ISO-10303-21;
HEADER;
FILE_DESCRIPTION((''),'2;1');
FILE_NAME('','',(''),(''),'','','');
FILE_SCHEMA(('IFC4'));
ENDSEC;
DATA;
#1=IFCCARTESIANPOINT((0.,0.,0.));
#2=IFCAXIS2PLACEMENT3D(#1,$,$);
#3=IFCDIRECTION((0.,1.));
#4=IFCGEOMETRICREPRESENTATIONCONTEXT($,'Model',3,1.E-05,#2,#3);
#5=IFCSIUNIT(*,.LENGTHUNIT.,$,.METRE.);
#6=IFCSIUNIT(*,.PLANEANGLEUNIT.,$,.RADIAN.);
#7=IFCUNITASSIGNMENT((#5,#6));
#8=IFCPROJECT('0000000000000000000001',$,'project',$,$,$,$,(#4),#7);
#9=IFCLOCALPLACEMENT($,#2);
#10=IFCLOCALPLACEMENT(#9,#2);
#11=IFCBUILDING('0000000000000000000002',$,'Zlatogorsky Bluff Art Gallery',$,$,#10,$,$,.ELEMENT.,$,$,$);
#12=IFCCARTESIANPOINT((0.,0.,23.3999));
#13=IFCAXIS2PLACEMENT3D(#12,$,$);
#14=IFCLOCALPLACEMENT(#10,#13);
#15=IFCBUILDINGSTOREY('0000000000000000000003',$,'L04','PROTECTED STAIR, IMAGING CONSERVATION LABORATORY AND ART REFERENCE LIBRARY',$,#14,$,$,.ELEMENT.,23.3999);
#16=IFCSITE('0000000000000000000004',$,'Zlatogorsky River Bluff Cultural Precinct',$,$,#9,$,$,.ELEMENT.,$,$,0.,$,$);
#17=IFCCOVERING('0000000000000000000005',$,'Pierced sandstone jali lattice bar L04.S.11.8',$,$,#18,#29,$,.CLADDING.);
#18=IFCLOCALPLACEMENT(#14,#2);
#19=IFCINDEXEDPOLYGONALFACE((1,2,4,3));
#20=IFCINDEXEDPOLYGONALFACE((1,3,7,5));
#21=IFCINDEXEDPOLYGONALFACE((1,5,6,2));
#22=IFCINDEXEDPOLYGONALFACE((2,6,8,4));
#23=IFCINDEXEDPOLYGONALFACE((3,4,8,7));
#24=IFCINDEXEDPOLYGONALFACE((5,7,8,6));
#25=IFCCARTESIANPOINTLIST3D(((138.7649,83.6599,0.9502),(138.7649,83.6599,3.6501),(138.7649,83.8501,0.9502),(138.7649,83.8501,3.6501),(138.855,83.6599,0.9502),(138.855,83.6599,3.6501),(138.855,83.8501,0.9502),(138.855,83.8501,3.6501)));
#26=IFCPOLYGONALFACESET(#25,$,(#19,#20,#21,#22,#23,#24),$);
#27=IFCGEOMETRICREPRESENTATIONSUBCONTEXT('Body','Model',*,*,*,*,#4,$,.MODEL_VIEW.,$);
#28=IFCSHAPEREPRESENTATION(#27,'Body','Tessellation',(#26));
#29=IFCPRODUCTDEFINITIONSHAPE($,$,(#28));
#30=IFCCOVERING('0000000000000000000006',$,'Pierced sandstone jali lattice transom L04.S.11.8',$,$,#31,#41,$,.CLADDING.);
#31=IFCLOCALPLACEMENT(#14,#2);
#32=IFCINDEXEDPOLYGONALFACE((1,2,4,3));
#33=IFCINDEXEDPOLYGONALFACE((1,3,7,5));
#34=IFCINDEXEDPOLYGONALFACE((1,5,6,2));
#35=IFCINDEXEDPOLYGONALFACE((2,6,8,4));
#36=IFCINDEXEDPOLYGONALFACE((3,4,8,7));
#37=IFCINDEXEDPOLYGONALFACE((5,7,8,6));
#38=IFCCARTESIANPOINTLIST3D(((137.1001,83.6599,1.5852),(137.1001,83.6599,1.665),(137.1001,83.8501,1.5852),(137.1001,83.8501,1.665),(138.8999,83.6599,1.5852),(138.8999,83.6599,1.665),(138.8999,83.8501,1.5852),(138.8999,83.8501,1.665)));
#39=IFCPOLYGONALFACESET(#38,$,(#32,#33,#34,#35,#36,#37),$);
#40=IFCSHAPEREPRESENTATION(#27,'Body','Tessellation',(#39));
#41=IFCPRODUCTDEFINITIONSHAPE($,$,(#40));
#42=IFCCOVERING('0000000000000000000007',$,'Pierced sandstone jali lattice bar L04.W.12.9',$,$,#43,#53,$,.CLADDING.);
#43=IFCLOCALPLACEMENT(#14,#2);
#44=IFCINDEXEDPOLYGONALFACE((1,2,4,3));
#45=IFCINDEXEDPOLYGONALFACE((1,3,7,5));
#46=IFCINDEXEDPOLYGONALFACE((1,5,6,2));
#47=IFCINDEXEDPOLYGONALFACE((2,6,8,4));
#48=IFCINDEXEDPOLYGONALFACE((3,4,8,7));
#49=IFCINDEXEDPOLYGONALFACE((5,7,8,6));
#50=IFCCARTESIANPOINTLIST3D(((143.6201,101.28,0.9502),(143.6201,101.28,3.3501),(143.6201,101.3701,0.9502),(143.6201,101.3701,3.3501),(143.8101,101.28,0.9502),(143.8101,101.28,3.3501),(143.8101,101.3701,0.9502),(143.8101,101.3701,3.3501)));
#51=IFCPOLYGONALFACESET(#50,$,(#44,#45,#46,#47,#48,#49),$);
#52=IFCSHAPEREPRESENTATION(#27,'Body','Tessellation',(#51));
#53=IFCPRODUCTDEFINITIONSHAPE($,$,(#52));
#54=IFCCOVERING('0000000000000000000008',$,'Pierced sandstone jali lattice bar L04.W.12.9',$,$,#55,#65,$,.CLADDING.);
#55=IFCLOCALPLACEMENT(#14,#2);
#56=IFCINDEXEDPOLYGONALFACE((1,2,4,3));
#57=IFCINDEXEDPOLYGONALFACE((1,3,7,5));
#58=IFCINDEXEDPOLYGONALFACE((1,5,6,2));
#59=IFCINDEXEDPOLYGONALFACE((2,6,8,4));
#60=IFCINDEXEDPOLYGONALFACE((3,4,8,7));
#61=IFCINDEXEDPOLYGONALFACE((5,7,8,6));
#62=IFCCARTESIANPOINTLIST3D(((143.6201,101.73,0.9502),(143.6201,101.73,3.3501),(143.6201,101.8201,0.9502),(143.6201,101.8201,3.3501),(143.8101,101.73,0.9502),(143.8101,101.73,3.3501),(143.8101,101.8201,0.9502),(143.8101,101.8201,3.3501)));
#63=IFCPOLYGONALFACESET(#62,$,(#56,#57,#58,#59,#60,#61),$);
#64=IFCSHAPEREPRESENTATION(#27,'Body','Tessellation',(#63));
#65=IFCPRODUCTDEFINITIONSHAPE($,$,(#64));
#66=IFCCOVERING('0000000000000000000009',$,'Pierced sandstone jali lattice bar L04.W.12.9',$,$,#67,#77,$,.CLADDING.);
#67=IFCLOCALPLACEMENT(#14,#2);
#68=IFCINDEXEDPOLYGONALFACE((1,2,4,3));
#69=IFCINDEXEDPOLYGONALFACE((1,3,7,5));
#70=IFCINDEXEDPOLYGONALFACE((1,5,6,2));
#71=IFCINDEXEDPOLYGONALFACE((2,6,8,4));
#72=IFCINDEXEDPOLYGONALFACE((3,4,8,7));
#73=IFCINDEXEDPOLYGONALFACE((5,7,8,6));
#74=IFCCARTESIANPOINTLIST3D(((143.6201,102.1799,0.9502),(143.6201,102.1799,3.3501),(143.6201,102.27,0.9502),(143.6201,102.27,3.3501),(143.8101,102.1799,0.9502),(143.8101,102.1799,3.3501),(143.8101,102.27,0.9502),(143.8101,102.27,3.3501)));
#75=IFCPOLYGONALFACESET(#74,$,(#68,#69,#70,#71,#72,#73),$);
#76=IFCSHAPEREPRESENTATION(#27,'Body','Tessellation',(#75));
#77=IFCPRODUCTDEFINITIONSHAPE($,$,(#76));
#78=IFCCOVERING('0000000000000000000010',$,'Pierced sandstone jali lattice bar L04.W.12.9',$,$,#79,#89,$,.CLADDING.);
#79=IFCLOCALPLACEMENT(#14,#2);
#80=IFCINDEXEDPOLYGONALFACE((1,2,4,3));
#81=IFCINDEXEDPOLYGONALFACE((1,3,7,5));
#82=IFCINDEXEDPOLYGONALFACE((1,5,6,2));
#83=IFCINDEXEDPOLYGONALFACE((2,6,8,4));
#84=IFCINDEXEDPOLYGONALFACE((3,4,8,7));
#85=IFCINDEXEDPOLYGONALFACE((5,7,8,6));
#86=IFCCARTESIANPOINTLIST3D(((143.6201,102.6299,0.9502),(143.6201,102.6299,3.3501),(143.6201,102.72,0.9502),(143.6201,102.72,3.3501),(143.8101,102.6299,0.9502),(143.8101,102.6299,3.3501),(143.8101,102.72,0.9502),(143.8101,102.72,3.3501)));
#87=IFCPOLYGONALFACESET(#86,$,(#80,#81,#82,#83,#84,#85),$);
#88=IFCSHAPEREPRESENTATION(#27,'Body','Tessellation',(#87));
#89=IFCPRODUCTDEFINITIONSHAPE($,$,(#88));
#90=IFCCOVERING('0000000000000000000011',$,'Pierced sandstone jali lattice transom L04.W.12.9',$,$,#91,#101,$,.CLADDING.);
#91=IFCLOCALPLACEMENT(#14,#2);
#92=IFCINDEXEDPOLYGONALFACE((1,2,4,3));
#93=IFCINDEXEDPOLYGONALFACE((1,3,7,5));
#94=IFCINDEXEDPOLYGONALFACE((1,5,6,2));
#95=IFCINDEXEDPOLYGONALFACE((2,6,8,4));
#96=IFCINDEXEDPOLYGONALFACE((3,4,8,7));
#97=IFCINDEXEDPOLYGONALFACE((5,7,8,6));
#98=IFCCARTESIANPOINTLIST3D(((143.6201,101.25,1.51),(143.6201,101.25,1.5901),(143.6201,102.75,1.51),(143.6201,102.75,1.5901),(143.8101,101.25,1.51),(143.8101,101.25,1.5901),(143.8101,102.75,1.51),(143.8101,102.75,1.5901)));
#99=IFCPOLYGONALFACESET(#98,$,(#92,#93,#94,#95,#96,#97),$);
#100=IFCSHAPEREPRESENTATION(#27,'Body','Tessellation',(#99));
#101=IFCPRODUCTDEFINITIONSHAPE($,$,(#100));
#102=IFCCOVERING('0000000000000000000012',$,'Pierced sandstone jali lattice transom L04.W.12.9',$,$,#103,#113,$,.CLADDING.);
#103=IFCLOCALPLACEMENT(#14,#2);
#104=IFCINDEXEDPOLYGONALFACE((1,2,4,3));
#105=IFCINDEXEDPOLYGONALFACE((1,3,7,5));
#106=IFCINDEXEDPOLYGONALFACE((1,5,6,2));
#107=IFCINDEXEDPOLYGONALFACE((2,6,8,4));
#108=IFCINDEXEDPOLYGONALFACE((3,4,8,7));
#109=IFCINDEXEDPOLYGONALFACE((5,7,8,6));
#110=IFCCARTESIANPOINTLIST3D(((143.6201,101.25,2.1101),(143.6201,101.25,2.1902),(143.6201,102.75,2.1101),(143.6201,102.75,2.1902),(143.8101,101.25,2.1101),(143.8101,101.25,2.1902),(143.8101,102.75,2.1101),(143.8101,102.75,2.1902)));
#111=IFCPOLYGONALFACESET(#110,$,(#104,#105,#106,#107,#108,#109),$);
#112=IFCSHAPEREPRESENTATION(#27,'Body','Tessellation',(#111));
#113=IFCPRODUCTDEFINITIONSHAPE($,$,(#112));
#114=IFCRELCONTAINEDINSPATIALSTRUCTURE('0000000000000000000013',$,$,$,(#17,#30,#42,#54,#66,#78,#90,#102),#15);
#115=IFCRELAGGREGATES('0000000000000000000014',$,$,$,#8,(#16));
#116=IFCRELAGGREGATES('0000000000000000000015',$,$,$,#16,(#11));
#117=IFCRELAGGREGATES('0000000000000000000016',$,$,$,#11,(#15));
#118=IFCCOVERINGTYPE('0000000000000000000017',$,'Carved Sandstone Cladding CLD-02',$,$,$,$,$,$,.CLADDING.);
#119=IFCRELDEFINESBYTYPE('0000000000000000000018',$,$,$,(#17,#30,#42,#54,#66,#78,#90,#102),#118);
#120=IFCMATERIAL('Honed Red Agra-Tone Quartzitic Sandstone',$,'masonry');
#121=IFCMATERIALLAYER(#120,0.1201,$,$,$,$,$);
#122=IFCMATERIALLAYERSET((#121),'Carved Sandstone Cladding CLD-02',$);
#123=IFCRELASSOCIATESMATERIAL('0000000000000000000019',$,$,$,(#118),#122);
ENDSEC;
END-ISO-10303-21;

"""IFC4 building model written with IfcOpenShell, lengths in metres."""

from ifc_helpers import new_model, si_unit, direction, frame, origin, place, context, subcontext, project, spatial, polyline, outline, extrude, material, layer, layer_set, type_object, element, save


model = new_model("IFC4")

# Units and contexts
model_context = context("Model", 3, precision=1e-05, world=origin(), true_north=direction((0.0, 1.0)))
body_context = subcontext(model_context, "Body", "Model", "MODEL_VIEW")
ifc_project = project(units=[si_unit("LENGTHUNIT", "METRE"), si_unit("PLANEANGLEUNIT", "RADIAN")], contexts=[model_context])

# Site, building, storey
site_placement = place(None, origin())
site = spatial("IfcSite", under=ifc_project, at=site_placement, Name="Zlatogorsky River Bluff Cultural Precinct", CompositionType="ELEMENT", RefElevation=0.0)
building_placement = place(site_placement, origin())
building = spatial("IfcBuilding", under=site, at=building_placement, Name="Zlatogorsky Bluff Art Gallery", CompositionType="ELEMENT")
storey_placement = place(building_placement, frame((0.0, 0.0, 23.3999)))
storey = spatial("IfcBuildingStorey", under=building, at=storey_placement, Name="L04", Description="PROTECTED STAIR, IMAGING CONSERVATION LABORATORY AND ART REFERENCE LIBRARY", CompositionType="ELEMENT", Elevation=23.3999)

# Coverings
ifc_material_1 = material(Name="Honed Red Agra-Tone Quartzitic Sandstone", Category="masonry")
ifc_layer_1 = layer(ifc_material_1, 0.1201)
ifc_layer_set_1 = layer_set([ifc_layer_1], Name="Carved Sandstone Cladding CLD-02")
covering_type = type_object("IfcCoveringType", Name="Carved Sandstone Cladding CLD-02", PredefinedType="CLADDING", material=ifc_layer_set_1)
covering_1_placement = place(storey_placement, frame((0.0, 0.0, 0.9502)))
element("IfcCovering", 1, at=covering_1_placement, inside=storey, type_object=covering_type, Name="Pierced sandstone jali lattice bar L04.S.11.8", PredefinedType="CLADDING", context=body_context, shape_type="SweptSolid", body=[
    extrude(outline(polyline([(138.7649, 83.6599), (138.855, 83.6599), (138.855, 83.8501), (138.7649, 83.8501), (138.7649, 83.6599)])), origin(), (0.0, 0.0, 1.0), 2.7),
])
covering_2_placement = place(storey_placement, frame((0.0, 0.0, 1.5852)))
element("IfcCovering", 2, at=covering_2_placement, inside=storey, type_object=covering_type, Name="Pierced sandstone jali lattice transom L04.S.11.8", PredefinedType="CLADDING", context=body_context, shape_type="SweptSolid", body=[
    extrude(outline(polyline([(137.1001, 83.6599), (138.8999, 83.6599), (138.8999, 83.8501), (137.1001, 83.8501), (137.1001, 83.6599)])), origin(), (0.0, 0.0, 1.0), 0.0798),
])
covering_3_placement = place(storey_placement, frame((0.0, 0.0, 0.9502)))
element("IfcCovering", 3, at=covering_3_placement, inside=storey, type_object=covering_type, Name="Pierced sandstone jali lattice bar L04.W.12.9", PredefinedType="CLADDING", context=body_context, shape_type="SweptSolid", body=[
    extrude(outline(polyline([(143.6201, 101.28), (143.6201, 101.3701), (143.8101, 101.3701), (143.8101, 101.28), (143.6201, 101.28)])), origin(), (0.0, 0.0, 1.0), 2.3999),
])
covering_4_placement = place(storey_placement, frame((0.0, 0.0, 0.9502)))
element("IfcCovering", 4, at=covering_4_placement, inside=storey, type_object=covering_type, Name="Pierced sandstone jali lattice bar L04.W.12.9", PredefinedType="CLADDING", context=body_context, shape_type="SweptSolid", body=[
    extrude(outline(polyline([(143.6201, 101.73), (143.6201, 101.8201), (143.8101, 101.8201), (143.8101, 101.73), (143.6201, 101.73)])), origin(), (0.0, 0.0, 1.0), 2.3999),
])
covering_5_placement = place(storey_placement, frame((0.0, 0.0, 0.9502)))
element("IfcCovering", 5, at=covering_5_placement, inside=storey, type_object=covering_type, Name="Pierced sandstone jali lattice bar L04.W.12.9", PredefinedType="CLADDING", context=body_context, shape_type="SweptSolid", body=[
    extrude(outline(polyline([(143.6201, 102.1799), (143.6201, 102.27), (143.8101, 102.27), (143.8101, 102.1799), (143.6201, 102.1799)])), origin(), (0.0, 0.0, 1.0), 2.3999),
])
covering_6_placement = place(storey_placement, frame((0.0, 0.0, 0.9502)))
element("IfcCovering", 6, at=covering_6_placement, inside=storey, type_object=covering_type, Name="Pierced sandstone jali lattice bar L04.W.12.9", PredefinedType="CLADDING", context=body_context, shape_type="SweptSolid", body=[
    extrude(outline(polyline([(143.6201, 102.6299), (143.6201, 102.72), (143.8101, 102.72), (143.8101, 102.6299), (143.6201, 102.6299)])), origin(), (0.0, 0.0, 1.0), 2.3999),
])
for number, where, name in (
    (7, (0.0, 0.0, 1.51), "Pierced sandstone jali lattice transom L04.W.12.9"),
    (8, (0.0, 0.0, 2.1101), "Pierced sandstone jali lattice transom L04.W.12.9"),
):
    element("IfcCovering", number, at=place(storey_placement, frame(where)), inside=storey, type_object=covering_type, Name=name, PredefinedType="CLADDING", context=body_context, shape_type="SweptSolid", body=[
        extrude(outline(polyline([(143.6201, 101.25), (143.6201, 102.75), (143.8101, 102.75), (143.8101, 101.25), (143.6201, 101.25)])), origin(), (0.0, 0.0, 1.0), 0.0801),
    ])

save(model, "model.ifc")
